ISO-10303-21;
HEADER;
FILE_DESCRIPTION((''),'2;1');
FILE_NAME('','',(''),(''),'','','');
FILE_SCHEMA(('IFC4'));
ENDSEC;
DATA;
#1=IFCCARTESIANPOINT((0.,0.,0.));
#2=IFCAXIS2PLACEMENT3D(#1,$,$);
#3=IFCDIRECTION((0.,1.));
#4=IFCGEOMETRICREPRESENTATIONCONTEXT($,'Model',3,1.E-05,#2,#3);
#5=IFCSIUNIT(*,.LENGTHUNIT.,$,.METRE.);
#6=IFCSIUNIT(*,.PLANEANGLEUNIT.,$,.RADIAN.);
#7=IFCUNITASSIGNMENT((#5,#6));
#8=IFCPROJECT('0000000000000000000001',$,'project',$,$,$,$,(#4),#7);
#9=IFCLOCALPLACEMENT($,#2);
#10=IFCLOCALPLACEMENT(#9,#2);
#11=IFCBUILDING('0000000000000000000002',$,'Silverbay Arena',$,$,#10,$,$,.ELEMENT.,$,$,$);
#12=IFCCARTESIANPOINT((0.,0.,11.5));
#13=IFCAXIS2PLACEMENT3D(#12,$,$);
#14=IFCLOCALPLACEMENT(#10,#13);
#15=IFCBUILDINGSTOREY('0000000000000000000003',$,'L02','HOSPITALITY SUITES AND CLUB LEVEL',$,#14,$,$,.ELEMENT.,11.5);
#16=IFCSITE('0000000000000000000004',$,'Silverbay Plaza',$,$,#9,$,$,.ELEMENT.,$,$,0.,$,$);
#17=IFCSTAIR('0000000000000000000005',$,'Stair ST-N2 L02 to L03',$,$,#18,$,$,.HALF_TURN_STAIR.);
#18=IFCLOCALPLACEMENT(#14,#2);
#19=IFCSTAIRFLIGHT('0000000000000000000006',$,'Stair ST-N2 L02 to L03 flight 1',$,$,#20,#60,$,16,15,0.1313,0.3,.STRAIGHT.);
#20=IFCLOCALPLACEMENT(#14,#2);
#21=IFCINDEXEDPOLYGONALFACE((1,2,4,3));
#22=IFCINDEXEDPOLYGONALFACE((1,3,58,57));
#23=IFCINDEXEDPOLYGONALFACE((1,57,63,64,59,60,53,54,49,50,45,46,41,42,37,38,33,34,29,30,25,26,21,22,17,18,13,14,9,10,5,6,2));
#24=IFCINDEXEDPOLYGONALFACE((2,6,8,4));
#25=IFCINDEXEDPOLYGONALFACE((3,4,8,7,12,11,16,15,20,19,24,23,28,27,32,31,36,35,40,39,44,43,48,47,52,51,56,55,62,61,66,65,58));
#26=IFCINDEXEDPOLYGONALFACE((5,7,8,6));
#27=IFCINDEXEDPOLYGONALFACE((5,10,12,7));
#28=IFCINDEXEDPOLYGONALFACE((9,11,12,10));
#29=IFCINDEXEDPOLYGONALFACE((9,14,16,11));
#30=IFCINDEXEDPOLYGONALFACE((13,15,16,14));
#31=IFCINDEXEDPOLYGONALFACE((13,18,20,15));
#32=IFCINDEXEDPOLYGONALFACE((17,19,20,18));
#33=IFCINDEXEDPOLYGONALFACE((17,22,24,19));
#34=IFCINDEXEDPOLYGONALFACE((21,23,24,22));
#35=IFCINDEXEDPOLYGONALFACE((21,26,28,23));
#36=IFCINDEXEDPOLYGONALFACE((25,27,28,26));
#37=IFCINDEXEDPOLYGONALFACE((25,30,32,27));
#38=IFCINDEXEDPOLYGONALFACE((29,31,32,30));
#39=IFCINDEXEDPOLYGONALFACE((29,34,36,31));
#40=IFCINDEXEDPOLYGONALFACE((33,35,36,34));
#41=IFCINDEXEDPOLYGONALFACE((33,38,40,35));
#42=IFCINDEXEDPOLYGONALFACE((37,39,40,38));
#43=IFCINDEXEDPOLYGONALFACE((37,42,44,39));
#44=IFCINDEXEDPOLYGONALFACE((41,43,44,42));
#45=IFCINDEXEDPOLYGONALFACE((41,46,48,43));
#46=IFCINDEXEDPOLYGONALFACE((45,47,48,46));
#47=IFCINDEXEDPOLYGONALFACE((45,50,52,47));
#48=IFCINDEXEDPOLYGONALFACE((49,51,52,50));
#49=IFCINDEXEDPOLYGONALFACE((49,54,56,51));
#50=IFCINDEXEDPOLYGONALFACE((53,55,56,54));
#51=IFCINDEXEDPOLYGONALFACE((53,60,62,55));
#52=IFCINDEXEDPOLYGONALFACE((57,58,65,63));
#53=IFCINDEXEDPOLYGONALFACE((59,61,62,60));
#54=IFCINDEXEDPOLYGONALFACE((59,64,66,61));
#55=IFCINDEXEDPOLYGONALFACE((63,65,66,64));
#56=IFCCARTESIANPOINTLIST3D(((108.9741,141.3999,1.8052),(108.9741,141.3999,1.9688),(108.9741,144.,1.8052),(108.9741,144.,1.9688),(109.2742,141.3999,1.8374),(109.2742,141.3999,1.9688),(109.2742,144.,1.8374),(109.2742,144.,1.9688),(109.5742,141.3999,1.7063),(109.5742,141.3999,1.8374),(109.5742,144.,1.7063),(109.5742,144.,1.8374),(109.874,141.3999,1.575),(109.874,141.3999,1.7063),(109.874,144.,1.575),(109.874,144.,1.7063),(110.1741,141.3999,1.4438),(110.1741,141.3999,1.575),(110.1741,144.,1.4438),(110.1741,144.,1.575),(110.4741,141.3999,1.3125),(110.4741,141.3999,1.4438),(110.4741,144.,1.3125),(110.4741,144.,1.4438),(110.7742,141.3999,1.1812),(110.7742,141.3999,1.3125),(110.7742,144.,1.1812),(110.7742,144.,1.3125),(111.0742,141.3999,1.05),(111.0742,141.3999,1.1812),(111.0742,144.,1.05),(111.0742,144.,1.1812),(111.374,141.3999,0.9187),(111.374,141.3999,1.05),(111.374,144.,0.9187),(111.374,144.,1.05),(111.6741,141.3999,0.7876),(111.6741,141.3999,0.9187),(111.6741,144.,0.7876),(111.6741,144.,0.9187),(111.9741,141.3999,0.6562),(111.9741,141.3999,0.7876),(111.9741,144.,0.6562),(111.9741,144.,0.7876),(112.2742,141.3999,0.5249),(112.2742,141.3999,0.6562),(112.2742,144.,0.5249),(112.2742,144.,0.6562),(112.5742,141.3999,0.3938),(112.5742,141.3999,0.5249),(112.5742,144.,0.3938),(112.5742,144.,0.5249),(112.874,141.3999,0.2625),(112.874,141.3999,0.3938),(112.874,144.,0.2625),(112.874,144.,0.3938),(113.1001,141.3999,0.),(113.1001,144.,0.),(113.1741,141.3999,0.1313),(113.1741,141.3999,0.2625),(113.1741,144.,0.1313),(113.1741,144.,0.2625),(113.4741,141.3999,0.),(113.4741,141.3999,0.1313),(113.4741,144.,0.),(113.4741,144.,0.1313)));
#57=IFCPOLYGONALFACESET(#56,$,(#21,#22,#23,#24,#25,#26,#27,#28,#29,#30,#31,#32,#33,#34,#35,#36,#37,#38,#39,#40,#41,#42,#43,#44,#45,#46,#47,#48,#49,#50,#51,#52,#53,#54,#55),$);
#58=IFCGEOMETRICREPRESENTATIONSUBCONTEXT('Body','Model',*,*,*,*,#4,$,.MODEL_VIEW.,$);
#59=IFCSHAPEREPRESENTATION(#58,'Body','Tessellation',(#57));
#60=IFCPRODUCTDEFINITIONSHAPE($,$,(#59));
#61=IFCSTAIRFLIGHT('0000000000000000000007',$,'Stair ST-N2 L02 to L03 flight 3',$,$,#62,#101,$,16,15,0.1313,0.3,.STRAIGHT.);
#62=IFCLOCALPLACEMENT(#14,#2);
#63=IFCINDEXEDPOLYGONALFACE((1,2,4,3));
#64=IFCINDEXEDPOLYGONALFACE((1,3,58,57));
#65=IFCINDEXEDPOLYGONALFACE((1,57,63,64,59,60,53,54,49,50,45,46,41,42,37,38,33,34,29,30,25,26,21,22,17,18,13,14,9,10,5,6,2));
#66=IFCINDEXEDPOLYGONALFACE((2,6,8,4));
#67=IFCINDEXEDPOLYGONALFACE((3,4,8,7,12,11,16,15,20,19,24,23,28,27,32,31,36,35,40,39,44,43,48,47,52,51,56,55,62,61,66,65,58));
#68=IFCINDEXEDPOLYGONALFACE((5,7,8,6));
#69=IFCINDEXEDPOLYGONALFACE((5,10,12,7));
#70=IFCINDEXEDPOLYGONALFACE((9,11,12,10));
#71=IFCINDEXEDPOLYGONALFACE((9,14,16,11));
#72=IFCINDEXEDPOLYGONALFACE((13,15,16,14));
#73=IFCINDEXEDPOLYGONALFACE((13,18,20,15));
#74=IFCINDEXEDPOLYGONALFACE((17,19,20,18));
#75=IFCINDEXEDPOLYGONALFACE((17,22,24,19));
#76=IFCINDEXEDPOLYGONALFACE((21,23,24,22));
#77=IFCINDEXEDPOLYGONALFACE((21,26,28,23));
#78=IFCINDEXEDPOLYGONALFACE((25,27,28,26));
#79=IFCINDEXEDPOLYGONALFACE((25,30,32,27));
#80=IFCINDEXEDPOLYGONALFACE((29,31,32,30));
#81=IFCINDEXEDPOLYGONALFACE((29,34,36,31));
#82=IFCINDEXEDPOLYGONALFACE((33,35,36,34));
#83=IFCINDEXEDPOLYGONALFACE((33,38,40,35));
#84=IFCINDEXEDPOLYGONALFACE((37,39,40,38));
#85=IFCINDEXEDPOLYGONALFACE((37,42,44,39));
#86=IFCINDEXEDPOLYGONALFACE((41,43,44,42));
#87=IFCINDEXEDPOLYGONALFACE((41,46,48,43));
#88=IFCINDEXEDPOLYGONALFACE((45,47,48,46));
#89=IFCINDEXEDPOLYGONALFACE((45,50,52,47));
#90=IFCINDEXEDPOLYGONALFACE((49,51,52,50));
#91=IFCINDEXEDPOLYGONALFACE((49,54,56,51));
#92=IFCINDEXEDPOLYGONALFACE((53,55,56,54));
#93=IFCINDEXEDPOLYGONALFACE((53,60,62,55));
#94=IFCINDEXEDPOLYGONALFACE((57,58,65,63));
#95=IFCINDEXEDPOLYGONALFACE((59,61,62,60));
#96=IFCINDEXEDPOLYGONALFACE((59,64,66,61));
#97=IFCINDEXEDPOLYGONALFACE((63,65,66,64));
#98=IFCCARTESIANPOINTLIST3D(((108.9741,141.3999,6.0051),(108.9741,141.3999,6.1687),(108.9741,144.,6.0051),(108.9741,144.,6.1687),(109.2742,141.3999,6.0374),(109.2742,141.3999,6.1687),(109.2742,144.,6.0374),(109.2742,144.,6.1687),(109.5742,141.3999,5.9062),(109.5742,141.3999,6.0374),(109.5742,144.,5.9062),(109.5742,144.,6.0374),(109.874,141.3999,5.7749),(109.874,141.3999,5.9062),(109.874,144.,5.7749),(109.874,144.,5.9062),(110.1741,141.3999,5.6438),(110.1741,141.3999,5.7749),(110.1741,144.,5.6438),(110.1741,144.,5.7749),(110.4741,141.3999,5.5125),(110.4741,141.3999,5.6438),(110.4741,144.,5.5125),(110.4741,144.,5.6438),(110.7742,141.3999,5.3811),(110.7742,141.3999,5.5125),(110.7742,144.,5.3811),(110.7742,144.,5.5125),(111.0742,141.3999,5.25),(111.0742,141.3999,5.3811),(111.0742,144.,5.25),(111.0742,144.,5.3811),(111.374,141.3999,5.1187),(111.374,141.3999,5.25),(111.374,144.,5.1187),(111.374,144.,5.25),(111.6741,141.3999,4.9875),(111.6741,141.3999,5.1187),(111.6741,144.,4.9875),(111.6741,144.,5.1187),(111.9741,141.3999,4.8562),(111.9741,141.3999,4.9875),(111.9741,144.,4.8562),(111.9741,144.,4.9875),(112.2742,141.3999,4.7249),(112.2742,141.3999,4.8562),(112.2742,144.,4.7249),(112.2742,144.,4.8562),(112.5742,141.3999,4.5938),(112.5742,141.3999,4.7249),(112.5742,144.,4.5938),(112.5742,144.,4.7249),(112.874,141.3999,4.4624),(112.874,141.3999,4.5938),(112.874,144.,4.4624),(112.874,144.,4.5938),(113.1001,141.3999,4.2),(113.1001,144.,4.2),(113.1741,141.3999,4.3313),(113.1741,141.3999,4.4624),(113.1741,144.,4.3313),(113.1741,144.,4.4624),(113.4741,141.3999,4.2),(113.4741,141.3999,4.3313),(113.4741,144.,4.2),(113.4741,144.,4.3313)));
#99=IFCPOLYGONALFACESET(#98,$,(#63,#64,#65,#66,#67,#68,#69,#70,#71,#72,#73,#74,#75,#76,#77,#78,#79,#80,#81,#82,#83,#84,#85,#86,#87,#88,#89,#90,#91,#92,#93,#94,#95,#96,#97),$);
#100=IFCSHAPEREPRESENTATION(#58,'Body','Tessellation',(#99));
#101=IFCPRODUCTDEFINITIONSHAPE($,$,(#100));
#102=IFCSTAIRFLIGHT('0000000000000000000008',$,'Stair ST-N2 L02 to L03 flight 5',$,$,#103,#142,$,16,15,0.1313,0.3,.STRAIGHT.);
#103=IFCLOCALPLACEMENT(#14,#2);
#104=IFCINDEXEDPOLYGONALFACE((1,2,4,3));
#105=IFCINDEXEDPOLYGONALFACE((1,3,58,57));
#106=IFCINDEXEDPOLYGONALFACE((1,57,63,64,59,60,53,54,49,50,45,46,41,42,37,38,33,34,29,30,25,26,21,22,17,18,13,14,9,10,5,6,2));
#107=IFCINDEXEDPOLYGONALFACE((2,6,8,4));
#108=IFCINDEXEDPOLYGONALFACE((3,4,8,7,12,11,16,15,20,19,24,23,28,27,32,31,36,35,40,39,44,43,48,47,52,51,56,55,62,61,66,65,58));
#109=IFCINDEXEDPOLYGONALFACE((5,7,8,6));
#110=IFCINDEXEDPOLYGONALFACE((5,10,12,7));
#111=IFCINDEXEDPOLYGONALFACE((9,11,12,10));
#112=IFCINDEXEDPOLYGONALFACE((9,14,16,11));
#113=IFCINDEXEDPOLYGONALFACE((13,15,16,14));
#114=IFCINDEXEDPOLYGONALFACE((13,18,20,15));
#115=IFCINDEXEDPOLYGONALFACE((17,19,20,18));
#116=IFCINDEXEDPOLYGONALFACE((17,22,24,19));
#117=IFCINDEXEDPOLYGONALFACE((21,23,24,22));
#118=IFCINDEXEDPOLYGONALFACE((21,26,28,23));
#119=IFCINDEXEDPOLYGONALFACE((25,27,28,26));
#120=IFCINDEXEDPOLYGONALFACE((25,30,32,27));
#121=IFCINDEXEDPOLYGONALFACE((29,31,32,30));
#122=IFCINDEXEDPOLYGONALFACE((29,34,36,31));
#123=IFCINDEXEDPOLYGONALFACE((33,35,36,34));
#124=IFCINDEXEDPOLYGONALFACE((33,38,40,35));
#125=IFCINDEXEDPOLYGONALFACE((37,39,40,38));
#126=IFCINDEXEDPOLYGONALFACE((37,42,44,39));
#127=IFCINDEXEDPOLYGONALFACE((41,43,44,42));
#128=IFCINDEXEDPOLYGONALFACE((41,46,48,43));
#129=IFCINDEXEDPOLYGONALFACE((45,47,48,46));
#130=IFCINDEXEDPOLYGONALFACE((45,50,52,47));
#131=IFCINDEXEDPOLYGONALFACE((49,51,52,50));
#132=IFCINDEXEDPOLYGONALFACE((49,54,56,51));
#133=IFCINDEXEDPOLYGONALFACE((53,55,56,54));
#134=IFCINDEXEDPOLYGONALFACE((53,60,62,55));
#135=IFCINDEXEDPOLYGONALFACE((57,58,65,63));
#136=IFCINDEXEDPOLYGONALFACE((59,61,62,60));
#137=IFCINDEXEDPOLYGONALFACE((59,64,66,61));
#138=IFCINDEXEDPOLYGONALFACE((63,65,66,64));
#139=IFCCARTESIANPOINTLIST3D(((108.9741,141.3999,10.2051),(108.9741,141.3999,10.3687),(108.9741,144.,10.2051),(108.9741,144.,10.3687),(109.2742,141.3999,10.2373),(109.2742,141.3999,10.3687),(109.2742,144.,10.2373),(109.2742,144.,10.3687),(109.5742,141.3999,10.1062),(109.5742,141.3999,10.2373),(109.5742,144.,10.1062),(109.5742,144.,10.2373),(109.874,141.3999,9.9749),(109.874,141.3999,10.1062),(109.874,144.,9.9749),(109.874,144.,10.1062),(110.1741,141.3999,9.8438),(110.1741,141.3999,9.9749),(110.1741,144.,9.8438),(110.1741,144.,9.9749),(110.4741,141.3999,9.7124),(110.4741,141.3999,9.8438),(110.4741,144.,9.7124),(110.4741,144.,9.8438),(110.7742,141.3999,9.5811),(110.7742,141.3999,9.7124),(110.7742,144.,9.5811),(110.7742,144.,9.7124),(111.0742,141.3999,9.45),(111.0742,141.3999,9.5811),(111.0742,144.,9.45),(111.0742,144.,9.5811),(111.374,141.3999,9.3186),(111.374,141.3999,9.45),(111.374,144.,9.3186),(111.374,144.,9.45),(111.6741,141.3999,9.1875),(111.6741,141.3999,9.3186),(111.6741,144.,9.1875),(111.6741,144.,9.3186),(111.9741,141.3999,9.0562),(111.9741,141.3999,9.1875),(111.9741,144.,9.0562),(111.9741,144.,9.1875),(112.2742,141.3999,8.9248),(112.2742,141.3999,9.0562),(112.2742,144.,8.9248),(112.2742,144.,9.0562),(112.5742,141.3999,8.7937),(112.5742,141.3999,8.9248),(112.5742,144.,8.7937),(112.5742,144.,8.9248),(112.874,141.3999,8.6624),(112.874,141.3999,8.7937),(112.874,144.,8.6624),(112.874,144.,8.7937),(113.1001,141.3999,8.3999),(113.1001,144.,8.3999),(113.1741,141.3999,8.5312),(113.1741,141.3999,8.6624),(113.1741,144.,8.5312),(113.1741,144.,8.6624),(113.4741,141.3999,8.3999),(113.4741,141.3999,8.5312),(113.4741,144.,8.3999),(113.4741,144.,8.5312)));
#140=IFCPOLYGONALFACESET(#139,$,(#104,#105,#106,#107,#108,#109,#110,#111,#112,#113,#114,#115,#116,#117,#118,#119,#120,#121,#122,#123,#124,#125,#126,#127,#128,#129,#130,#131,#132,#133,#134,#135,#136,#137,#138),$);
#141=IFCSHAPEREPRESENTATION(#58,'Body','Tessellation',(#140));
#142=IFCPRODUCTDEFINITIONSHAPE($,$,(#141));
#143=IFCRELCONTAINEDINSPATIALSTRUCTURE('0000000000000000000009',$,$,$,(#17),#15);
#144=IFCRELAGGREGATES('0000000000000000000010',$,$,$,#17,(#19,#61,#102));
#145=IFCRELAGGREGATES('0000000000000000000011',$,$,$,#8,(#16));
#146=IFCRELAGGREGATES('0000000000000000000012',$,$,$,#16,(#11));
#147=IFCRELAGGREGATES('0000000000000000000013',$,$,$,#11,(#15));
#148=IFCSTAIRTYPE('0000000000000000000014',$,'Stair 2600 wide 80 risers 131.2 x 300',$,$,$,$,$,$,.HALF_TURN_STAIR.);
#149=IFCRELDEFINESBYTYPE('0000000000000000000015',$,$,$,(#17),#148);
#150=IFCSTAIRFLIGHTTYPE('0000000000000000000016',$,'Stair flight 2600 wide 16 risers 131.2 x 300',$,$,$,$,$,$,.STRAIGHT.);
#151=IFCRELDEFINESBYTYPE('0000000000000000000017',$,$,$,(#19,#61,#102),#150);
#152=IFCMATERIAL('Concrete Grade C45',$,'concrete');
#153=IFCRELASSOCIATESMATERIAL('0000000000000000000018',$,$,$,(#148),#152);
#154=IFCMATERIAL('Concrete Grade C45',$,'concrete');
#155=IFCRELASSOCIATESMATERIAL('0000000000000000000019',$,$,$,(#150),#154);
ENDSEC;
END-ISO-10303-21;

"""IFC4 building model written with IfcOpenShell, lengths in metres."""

from ifc_helpers import new_model, si_unit, direction, frame, origin, place, context, subcontext, project, spatial, polyline, outline, extrude, material, type_object, element, aggregate, save


model = new_model("IFC4")

# Units and contexts
model_context = context("Model", 3, precision=1e-05, world=origin(), true_north=direction((0.0, 1.0)))
body_context = subcontext(model_context, "Body", "Model", "MODEL_VIEW")
ifc_project = project(units=[si_unit("LENGTHUNIT", "METRE"), si_unit("PLANEANGLEUNIT", "RADIAN")], contexts=[model_context])

# Site, building, storey
site_placement = place(None, origin())
site = spatial("IfcSite", under=ifc_project, at=site_placement, Name="Silverbay Plaza", CompositionType="ELEMENT", RefElevation=0.0)
building_placement = place(site_placement, origin())
building = spatial("IfcBuilding", under=site, at=building_placement, Name="Silverbay Arena", CompositionType="ELEMENT")
storey_placement = place(building_placement, frame((0.0, 0.0, 11.5)))
storey = spatial("IfcBuildingStorey", under=building, at=storey_placement, Name="L02", Description="HOSPITALITY SUITES AND CLUB LEVEL", CompositionType="ELEMENT", Elevation=11.5)

# Stair, stair flights
ifc_material_1 = material(Name="Concrete Grade C45", Category="concrete")
stair_type = type_object("IfcStairType", Name="Stair 2600 wide 80 risers 131.2 x 300", PredefinedType="HALF_TURN_STAIR", material=ifc_material_1)
stair_placement = place(storey_placement, origin())
stair = element("IfcStair", 1, at=stair_placement, inside=storey, type_object=stair_type, Name="Stair ST-N2 L02 to L03", PredefinedType="HALF_TURN_STAIR")
ifc_material_2 = material(Name="Concrete Grade C45", Category="concrete")
stair_flight_type = type_object("IfcStairFlightType", Name="Stair flight 2600 wide 16 risers 131.2 x 300", PredefinedType="STRAIGHT", material=ifc_material_2)
stair_flight_1_placement = place(storey_placement, frame((113.4741, 142.7, 0.0), z_axis=(0.0, 0.0, 1.0), x_axis=(-1.0, 0.0, 0.0)))
stair_flight_1 = element("IfcStairFlight", 2, at=stair_flight_1_placement, type_object=stair_flight_type, Name="Stair ST-N2 L02 to L03 flight 1", NumberOfRisers=16, NumberOfTreads=15, PredefinedType="STRAIGHT", RiserHeight=0.1313, TreadLength=0.3, context=body_context, shape_type="SweptSolid", body=[
    extrude(outline(polyline([(0.0, 0.0), (0.0, 0.1313), (0.3, 0.1313), (0.3, 0.2625), (0.6001, 0.2625), (0.6001, 0.3938), (0.8999, 0.3938), (0.8999, 0.5249), (1.2, 0.5249), (1.2, 0.6562), (1.5, 0.6562), (1.5, 0.7876), (1.8, 0.7876), (1.8, 0.9187), (2.1001, 0.9187), (2.1001, 1.05), (2.3999, 1.05), (2.3999, 1.1812), (2.7, 1.1812), (2.7, 1.3125), (3.0, 1.3125), (3.0, 1.4438), (3.3, 1.4438), (3.3, 1.575), (3.6001, 1.575), (3.6001, 1.7063), (3.8999, 1.7063), (3.8999, 1.8374), (4.2, 1.8374), (4.2, 1.9688), (4.5, 1.9688), (4.5, 1.8052), (0.374, 0.0), (0.0, 0.0)])), frame((0.0, 1.3, 0.0), z_axis=(0.0, -1.0, 0.0), x_axis=(1.0, 0.0, 0.0)), (0.0, 0.0, 1.0), 2.6001),
])
stair_flight_2_placement = place(storey_placement, frame((113.4741, 142.7, 4.2), z_axis=(0.0, 0.0, 1.0), x_axis=(-1.0, 0.0, 0.0)))
stair_flight_2 = element("IfcStairFlight", 3, at=stair_flight_2_placement, type_object=stair_flight_type, Name="Stair ST-N2 L02 to L03 flight 3", NumberOfRisers=16, NumberOfTreads=15, PredefinedType="STRAIGHT", RiserHeight=0.1313, TreadLength=0.3, context=body_context, shape_type="SweptSolid", body=[
    extrude(outline(polyline([(0.0, 0.0), (0.0, 0.1313), (0.3, 0.1313), (0.3, 0.2625), (0.6001, 0.2625), (0.6001, 0.3938), (0.8999, 0.3938), (0.8999, 0.5249), (1.2, 0.5249), (1.2, 0.6562), (1.5, 0.6562), (1.5, 0.7876), (1.8, 0.7876), (1.8, 0.9187), (2.1001, 0.9187), (2.1001, 1.05), (2.3999, 1.05), (2.3999, 1.1812), (2.7, 1.1812), (2.7, 1.3125), (3.0, 1.3125), (3.0, 1.4438), (3.3, 1.4438), (3.3, 1.575), (3.6001, 1.575), (3.6001, 1.7063), (3.8999, 1.7063), (3.8999, 1.8374), (4.2, 1.8374), (4.2, 1.9688), (4.5, 1.9688), (4.5, 1.8052), (0.374, 0.0), (0.0, 0.0)])), frame((0.0, 1.3, 0.0), z_axis=(0.0, -1.0, 0.0), x_axis=(1.0, 0.0, 0.0)), (0.0, 0.0, 1.0), 2.6001),
])
stair_flight_3_placement = place(storey_placement, frame((113.4741, 142.7, 8.3999), z_axis=(0.0, 0.0, 1.0), x_axis=(-1.0, 0.0, 0.0)))
stair_flight_3 = element("IfcStairFlight", 4, at=stair_flight_3_placement, type_object=stair_flight_type, Name="Stair ST-N2 L02 to L03 flight 5", NumberOfRisers=16, NumberOfTreads=15, PredefinedType="STRAIGHT", RiserHeight=0.1313, TreadLength=0.3, context=body_context, shape_type="SweptSolid", body=[
    extrude(outline(polyline([(0.0, 0.0), (0.0, 0.1313), (0.3, 0.1313), (0.3, 0.2625), (0.6001, 0.2625), (0.6001, 0.3938), (0.8999, 0.3938), (0.8999, 0.5249), (1.2, 0.5249), (1.2, 0.6562), (1.5, 0.6562), (1.5, 0.7876), (1.8, 0.7876), (1.8, 0.9187), (2.1001, 0.9187), (2.1001, 1.05), (2.3999, 1.05), (2.3999, 1.1812), (2.7, 1.1812), (2.7, 1.3125), (3.0, 1.3125), (3.0, 1.4438), (3.3, 1.4438), (3.3, 1.575), (3.6001, 1.575), (3.6001, 1.7063), (3.8999, 1.7063), (3.8999, 1.8374), (4.2, 1.8374), (4.2, 1.9688), (4.5, 1.9688), (4.5, 1.8052), (0.374, 0.0), (0.0, 0.0)])), frame((0.0, 1.3, 0.0), z_axis=(0.0, -1.0, 0.0), x_axis=(1.0, 0.0, 0.0)), (0.0, 0.0, 1.0), 2.6001),
])
aggregate(stair, [stair_flight_1, stair_flight_2, stair_flight_3])

save(model, "model.ifc")
